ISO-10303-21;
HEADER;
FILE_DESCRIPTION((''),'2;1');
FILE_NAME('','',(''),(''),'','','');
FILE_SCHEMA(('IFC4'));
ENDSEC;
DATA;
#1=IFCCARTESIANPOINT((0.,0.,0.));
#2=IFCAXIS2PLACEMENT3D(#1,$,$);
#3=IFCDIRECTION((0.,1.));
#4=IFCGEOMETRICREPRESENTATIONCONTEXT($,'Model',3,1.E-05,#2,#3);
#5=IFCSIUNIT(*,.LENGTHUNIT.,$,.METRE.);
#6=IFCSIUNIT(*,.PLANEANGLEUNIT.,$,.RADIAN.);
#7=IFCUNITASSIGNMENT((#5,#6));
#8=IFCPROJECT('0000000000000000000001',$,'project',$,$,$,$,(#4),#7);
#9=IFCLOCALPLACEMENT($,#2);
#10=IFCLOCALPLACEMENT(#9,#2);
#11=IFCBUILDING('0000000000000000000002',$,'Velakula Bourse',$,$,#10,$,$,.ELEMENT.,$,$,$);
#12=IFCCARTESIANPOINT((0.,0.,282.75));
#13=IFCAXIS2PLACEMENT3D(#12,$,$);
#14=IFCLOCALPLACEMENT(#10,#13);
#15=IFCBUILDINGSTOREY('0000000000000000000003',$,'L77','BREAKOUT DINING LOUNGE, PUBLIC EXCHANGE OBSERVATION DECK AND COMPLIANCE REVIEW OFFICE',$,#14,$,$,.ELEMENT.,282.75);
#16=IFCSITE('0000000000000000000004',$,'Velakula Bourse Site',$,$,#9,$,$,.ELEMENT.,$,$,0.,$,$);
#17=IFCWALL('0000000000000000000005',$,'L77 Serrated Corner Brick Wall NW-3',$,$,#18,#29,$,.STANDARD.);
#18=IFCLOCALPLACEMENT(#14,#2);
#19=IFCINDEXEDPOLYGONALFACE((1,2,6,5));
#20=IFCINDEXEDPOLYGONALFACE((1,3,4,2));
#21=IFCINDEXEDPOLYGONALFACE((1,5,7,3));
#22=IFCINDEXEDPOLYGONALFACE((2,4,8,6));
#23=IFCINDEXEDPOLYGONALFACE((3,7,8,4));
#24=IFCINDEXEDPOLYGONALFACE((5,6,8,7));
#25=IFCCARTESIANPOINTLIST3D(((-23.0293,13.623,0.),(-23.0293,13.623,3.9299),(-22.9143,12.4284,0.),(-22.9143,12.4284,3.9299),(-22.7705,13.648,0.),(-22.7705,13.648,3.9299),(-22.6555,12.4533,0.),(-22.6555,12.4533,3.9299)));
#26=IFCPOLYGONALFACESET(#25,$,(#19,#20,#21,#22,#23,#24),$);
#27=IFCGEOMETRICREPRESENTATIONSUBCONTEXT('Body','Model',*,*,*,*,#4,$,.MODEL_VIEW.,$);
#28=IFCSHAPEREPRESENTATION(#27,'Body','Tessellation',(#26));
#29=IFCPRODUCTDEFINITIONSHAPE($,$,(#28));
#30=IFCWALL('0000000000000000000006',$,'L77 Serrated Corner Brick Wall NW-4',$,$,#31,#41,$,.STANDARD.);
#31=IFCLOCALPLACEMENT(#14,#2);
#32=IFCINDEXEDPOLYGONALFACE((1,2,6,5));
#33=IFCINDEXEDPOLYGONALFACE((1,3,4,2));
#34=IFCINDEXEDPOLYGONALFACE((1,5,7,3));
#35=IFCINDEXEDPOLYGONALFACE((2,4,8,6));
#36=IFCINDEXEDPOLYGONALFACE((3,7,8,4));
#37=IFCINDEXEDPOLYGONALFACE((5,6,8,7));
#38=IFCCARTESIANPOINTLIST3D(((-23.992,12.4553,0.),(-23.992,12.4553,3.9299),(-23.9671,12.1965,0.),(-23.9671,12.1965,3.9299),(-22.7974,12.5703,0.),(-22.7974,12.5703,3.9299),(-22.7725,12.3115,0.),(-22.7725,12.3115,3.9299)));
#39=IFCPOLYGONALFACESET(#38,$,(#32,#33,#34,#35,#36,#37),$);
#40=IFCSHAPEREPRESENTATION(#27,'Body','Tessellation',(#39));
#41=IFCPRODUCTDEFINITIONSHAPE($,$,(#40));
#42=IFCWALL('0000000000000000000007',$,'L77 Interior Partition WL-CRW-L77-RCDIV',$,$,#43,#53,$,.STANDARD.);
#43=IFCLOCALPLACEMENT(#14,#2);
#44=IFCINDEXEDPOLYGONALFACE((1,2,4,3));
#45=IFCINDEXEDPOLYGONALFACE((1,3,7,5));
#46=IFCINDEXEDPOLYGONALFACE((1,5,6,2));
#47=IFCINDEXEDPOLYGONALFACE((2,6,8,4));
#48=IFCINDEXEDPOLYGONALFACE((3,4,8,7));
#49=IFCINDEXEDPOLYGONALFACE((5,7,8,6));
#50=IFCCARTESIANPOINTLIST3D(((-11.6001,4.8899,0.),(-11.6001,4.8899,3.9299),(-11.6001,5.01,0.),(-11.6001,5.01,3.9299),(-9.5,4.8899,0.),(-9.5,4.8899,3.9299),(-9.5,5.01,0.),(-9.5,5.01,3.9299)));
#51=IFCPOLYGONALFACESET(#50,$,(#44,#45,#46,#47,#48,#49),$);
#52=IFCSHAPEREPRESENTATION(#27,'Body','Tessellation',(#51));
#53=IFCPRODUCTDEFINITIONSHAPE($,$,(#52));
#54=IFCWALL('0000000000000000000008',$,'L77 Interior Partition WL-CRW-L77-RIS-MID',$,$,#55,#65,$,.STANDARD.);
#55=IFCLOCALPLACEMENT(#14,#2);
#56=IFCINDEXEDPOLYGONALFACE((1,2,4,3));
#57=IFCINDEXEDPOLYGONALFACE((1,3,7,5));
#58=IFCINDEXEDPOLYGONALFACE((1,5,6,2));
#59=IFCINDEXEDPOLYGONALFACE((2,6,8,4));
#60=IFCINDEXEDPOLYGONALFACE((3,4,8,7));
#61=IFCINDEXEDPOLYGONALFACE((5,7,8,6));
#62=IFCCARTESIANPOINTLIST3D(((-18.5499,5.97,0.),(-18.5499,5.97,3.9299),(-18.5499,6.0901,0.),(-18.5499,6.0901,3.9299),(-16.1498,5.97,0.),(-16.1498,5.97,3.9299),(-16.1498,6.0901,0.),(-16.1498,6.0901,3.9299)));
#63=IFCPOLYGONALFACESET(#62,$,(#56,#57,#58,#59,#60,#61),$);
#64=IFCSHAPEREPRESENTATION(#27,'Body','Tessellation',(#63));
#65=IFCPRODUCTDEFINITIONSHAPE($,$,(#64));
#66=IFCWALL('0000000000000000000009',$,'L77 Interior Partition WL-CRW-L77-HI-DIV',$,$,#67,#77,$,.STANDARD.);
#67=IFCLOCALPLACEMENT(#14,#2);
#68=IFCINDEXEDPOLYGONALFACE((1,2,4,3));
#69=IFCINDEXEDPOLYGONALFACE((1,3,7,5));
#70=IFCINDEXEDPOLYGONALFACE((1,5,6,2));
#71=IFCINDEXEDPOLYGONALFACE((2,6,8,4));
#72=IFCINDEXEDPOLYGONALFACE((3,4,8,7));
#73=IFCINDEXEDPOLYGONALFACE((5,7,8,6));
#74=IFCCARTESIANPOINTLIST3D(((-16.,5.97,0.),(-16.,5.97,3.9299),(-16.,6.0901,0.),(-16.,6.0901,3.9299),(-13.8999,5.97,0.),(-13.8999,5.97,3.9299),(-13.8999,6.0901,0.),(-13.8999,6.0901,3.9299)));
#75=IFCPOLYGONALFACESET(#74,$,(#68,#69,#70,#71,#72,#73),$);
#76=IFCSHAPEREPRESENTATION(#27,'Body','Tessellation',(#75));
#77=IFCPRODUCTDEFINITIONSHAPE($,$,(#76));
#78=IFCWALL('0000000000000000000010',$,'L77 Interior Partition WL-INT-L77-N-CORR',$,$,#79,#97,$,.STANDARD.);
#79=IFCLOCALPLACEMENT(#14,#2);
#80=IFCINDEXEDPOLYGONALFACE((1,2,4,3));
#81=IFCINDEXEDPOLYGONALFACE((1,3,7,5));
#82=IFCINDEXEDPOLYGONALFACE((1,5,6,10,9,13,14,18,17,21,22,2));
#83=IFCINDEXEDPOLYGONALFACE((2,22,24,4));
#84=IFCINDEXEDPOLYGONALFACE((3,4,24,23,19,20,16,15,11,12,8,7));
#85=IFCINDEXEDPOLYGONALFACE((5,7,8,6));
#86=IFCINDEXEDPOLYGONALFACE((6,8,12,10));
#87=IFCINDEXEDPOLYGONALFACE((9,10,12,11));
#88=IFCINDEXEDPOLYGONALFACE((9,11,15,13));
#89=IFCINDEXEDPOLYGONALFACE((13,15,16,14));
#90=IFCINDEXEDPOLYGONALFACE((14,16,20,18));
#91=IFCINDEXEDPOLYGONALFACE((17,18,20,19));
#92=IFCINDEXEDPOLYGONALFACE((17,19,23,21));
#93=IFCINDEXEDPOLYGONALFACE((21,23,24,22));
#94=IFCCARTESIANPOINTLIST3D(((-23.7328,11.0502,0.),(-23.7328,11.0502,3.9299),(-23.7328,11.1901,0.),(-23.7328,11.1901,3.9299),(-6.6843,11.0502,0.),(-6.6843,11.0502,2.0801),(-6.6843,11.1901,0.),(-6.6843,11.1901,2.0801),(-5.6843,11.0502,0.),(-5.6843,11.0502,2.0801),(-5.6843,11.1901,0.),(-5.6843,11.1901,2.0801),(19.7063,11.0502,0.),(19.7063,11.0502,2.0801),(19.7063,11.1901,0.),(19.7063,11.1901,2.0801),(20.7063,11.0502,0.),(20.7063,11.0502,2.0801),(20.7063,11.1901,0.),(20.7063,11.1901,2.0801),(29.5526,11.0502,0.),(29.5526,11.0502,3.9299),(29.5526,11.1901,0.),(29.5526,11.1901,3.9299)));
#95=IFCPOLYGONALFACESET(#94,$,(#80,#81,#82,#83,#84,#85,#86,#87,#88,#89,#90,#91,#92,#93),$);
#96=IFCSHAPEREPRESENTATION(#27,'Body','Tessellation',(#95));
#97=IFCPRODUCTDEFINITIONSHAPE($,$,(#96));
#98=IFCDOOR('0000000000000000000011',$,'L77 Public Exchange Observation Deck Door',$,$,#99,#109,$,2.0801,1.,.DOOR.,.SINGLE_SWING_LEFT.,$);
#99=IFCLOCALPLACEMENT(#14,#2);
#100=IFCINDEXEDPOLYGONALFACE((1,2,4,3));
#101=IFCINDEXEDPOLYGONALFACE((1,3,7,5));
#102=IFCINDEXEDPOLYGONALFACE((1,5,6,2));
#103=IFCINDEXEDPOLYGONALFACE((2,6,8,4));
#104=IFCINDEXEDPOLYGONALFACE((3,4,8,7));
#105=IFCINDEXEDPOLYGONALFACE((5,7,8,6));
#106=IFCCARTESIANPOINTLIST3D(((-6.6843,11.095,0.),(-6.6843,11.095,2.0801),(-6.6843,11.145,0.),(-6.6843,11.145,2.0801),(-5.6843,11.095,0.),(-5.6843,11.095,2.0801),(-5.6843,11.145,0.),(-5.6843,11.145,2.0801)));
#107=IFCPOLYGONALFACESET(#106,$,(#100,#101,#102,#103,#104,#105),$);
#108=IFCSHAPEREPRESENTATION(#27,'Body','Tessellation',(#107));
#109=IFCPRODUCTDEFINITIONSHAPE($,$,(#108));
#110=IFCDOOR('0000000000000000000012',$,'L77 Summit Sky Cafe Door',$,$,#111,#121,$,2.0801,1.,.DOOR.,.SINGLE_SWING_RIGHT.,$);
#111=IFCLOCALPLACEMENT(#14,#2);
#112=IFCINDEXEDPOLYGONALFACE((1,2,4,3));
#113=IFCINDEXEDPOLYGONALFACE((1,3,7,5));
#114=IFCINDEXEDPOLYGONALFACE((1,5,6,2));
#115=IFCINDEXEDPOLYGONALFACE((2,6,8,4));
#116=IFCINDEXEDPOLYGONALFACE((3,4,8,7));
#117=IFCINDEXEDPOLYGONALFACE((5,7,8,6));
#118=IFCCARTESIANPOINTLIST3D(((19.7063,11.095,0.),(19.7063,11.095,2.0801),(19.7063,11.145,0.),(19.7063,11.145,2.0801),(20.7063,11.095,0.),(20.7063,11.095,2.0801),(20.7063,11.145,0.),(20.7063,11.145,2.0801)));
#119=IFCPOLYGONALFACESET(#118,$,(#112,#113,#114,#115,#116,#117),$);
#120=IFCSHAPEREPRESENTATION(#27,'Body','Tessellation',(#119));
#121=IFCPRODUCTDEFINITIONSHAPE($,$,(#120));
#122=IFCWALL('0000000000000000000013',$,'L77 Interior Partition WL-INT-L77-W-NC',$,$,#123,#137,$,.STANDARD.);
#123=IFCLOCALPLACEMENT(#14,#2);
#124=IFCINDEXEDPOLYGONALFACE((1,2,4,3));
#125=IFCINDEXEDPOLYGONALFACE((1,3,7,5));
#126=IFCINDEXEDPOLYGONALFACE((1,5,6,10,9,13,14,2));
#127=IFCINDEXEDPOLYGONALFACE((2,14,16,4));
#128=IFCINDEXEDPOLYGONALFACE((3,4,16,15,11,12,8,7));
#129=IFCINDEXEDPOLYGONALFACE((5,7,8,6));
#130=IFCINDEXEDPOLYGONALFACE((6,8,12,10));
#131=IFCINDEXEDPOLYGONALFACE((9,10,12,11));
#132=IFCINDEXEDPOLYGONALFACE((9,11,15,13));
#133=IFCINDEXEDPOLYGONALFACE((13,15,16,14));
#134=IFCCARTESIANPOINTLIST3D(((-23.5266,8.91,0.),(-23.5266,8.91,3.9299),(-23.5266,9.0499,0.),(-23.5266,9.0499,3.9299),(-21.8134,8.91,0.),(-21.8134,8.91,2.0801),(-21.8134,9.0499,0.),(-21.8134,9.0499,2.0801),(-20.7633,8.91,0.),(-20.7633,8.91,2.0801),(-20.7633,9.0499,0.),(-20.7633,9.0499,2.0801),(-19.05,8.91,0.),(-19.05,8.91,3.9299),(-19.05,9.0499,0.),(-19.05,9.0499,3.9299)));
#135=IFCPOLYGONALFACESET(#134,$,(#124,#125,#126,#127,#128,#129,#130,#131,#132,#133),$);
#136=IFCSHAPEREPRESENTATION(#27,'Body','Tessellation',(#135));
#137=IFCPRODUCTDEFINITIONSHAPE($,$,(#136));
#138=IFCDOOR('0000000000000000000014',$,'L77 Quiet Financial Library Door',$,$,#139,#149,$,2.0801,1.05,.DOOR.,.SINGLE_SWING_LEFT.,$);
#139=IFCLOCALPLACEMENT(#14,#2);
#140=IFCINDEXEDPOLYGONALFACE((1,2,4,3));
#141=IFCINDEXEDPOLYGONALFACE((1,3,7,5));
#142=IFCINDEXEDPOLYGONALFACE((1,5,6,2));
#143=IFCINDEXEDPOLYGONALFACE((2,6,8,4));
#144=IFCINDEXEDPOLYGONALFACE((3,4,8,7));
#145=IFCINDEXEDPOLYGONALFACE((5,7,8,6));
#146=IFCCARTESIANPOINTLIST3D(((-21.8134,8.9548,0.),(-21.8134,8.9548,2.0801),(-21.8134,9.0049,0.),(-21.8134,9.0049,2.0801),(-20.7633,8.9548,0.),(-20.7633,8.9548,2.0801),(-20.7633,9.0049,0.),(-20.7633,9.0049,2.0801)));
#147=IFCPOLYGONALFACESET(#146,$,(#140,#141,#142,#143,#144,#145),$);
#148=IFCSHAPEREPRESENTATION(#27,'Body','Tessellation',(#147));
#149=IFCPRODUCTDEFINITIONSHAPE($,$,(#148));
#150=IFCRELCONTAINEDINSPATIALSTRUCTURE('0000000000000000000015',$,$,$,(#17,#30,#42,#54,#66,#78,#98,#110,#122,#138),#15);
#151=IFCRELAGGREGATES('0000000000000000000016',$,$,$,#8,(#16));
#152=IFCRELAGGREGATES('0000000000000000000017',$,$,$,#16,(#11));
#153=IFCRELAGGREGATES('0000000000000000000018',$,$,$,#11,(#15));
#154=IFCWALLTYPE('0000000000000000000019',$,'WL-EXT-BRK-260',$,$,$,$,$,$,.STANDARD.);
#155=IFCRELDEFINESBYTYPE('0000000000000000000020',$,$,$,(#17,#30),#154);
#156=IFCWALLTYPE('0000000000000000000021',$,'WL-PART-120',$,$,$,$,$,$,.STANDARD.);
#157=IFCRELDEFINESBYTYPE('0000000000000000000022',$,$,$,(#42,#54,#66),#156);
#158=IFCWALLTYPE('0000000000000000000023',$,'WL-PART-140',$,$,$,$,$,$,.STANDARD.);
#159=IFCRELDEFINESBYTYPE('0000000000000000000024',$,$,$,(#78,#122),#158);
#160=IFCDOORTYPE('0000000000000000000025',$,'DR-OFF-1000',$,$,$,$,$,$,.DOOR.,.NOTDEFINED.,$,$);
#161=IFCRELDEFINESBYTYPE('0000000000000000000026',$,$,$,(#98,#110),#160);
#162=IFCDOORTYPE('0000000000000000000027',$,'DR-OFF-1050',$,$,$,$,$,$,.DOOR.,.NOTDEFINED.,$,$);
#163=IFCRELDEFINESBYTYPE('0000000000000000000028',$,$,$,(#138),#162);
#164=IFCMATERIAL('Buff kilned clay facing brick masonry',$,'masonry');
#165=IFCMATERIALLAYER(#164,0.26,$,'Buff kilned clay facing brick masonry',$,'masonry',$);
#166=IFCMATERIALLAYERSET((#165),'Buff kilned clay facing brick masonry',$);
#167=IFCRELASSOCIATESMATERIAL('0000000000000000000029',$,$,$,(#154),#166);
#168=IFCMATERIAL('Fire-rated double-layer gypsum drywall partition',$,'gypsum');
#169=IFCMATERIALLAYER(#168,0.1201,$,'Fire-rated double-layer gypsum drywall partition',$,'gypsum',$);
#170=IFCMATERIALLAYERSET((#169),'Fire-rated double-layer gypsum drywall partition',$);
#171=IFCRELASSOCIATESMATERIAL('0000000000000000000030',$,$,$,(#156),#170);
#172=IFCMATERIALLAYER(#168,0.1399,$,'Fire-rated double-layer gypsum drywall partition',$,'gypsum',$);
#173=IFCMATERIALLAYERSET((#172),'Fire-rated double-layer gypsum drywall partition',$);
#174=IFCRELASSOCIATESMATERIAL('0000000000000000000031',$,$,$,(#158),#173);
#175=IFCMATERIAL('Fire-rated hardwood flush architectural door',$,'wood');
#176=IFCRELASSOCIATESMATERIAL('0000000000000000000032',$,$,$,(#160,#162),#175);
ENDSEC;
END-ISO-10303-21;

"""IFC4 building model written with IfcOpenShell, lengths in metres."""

from ifc_helpers import new_model, si_unit, direction, frame, frame_2d, origin, place, context, subcontext, project, spatial, rectangle, extrude, material, layer, layer_set, type_object, element, fill, save


model = new_model("IFC4")

# Units and contexts
model_context = context("Model", 3, precision=1e-05, world=origin(), true_north=direction((0.0, 1.0)))
body_context = subcontext(model_context, "Body", "Model", "MODEL_VIEW")
ifc_project = project(units=[si_unit("LENGTHUNIT", "METRE"), si_unit("PLANEANGLEUNIT", "RADIAN")], contexts=[model_context])

# Site, building, storey
site_placement = place(None, origin())
site = spatial("IfcSite", under=ifc_project, at=site_placement, Name="Velakula Bourse Site", CompositionType="ELEMENT", RefElevation=0.0)
building_placement = place(site_placement, origin())
building = spatial("IfcBuilding", under=site, at=building_placement, Name="Velakula Bourse", CompositionType="ELEMENT")
storey_placement = place(building_placement, frame((0.0, 0.0, 282.75)))
storey = spatial("IfcBuildingStorey", under=building, at=storey_placement, Name="L77", Description="BREAKOUT DINING LOUNGE, PUBLIC EXCHANGE OBSERVATION DECK AND COMPLIANCE REVIEW OFFICE", CompositionType="ELEMENT", Elevation=282.75)

# Shared definitions
ifc_material_1 = material(Name="Fire-rated hardwood flush architectural door", Category="wood")

# Shared definitions
ifc_material_2 = material(Name="Buff kilned clay facing brick masonry", Category="masonry")
ifc_layer_1 = layer(ifc_material_2, 0.26, Name="Buff kilned clay facing brick masonry", Category="masonry")
ifc_layer_set_1 = layer_set([ifc_layer_1], Name="Buff kilned clay facing brick masonry")
wall_type_1 = type_object("IfcWallType", Name="WL-EXT-BRK-260", PredefinedType="STANDARD", material=ifc_layer_set_1)

# Walls
for number, where, z_axis, x_axis, name in (
    (1, (-22.8999, 13.6355, 0.0), (0.0, 0.0, 1.0), (0.095817, -0.995399, 0.0), "L77 Serrated Corner Brick Wall NW-3"),
    (2, (-22.7849, 12.4409, 0.0), (0.0, 0.0, 1.0), (-0.995399, -0.095817, 0.0), "L77 Serrated Corner Brick Wall NW-4"),
):
    element("IfcWall", number, at=place(storey_placement, frame(where, z_axis=z_axis, x_axis=x_axis)), inside=storey, type_object=wall_type_1, Name=name, PredefinedType="STANDARD", context=body_context, shape_type="SweptSolid", body=[
        extrude(rectangle(XDim=1.2002, YDim=0.26, at=frame_2d((0.6001, 0.0))), origin(), (0.0, 0.0, 1.0), 3.9299),
    ])
ifc_material_3 = material(Name="Fire-rated double-layer gypsum drywall partition", Category="gypsum")
ifc_layer_2 = layer(ifc_material_3, 0.1201, Name="Fire-rated double-layer gypsum drywall partition", Category="gypsum")
ifc_layer_set_2 = layer_set([ifc_layer_2], Name="Fire-rated double-layer gypsum drywall partition")
wall_type_2 = type_object("IfcWallType", Name="WL-PART-120", PredefinedType="STANDARD", material=ifc_layer_set_2)
wall_1_placement = place(storey_placement, frame((-11.6001, 4.95, 0.0), z_axis=(0.0, 0.0, 1.0), x_axis=(1.0, 0.0, 0.0)))
element("IfcWall", 3, at=wall_1_placement, inside=storey, type_object=wall_type_2, Name="L77 Interior Partition WL-CRW-L77-RCDIV", PredefinedType="STANDARD", context=body_context, shape_type="SweptSolid", body=[
    extrude(rectangle(XDim=2.1001, YDim=0.1201, at=frame_2d((1.05, 0.0))), origin(), (0.0, 0.0, 1.0), 3.9299),
])
wall_2_placement = place(storey_placement, frame((-18.55, 6.03, 0.0), z_axis=(0.0, 0.0, 1.0), x_axis=(1.0, 0.0, 0.0)))
element("IfcWall", 4, at=wall_2_placement, inside=storey, type_object=wall_type_2, Name="L77 Interior Partition WL-CRW-L77-RIS-MID", PredefinedType="STANDARD", context=body_context, shape_type="SweptSolid", body=[
    extrude(rectangle(XDim=2.4001, YDim=0.1201, at=frame_2d((1.2002, 0.0))), origin(), (0.0, 0.0, 1.0), 3.9299),
])
wall_3_placement = place(storey_placement, frame((-16.0, 6.03, 0.0), z_axis=(0.0, 0.0, 1.0), x_axis=(1.0, 0.0, 0.0)))
element("IfcWall", 5, at=wall_3_placement, inside=storey, type_object=wall_type_2, Name="L77 Interior Partition WL-CRW-L77-HI-DIV", PredefinedType="STANDARD", context=body_context, shape_type="SweptSolid", body=[
    extrude(rectangle(XDim=2.1001, YDim=0.1201, at=frame_2d((1.05, 0.0))), origin(), (0.0, 0.0, 1.0), 3.9299),
])

# Wall, openings, doors
ifc_layer_3 = layer(ifc_material_3, 0.1399, Name="Fire-rated double-layer gypsum drywall partition", Category="gypsum")
ifc_layer_set_3 = layer_set([ifc_layer_3], Name="Fire-rated double-layer gypsum drywall partition")
wall_type_3 = type_object("IfcWallType", Name="WL-PART-140", PredefinedType="STANDARD", material=ifc_layer_set_3)
wall_4_placement = place(storey_placement, frame((-23.7327, 11.1201, 0.0), z_axis=(0.0, 0.0, 1.0), x_axis=(1.0, 0.0, 0.0)))
wall_4 = element("IfcWall", 6, at=wall_4_placement, inside=storey, type_object=wall_type_3, Name="L77 Interior Partition WL-INT-L77-N-CORR", PredefinedType="STANDARD", context=body_context, shape_type="SweptSolid", body=[
    extrude(rectangle(XDim=53.2854, YDim=0.1399, at=frame_2d((26.6426, 0.0))), origin(), (0.0, 0.0, 1.0), 3.9299),
])
opening_1_placement = place(wall_4_placement, frame((17.0483, 0.0, 0.0)))
opening_1 = element("IfcOpeningElement", 7, at=opening_1_placement, cuts=wall_4, PredefinedType="OPENING", context=body_context, shape_type="SweptSolid", body=[
    extrude(rectangle(XDim=1.0, YDim=2.0801, at=frame_2d((0.5, 1.04))), frame((0.0, 0.0798, 0.0), z_axis=(0.0, -1.0, 0.0), x_axis=(1.0, 0.0, 0.0)), (0.0, 0.0, 1.0), 0.1599),
])
opening_2_placement = place(wall_4_placement, frame((43.439, 0.0, 0.0)))
opening_2 = element("IfcOpeningElement", 8, at=opening_2_placement, cuts=wall_4, PredefinedType="OPENING", context=body_context, shape_type="SweptSolid", body=[
    extrude(rectangle(XDim=1.0, YDim=2.0801, at=frame_2d((0.5, 1.04))), frame((0.0, 0.0798, 0.0), z_axis=(0.0, -1.0, 0.0), x_axis=(1.0, 0.0, 0.0)), (0.0, 0.0, 1.0), 0.1599),
])
door_type_1 = type_object("IfcDoorType", Name="DR-OFF-1000", OperationType="NOTDEFINED", PredefinedType="DOOR", material=ifc_material_1)
door_1_placement = place(opening_1_placement, origin())
door_1 = element("IfcDoor", 9, at=door_1_placement, inside=storey, type_object=door_type_1, Name="L77 Public Exchange Observation Deck Door", OperationType="SINGLE_SWING_LEFT", OverallHeight=2.0801, OverallWidth=1.0, PredefinedType="DOOR", context=body_context, shape_type="SweptSolid", body=[
    extrude(rectangle(XDim=1.0, YDim=2.0801, at=frame_2d((0.5, 1.04))), frame((0.0, 0.0249, 0.0), z_axis=(0.0, -1.0, 0.0), x_axis=(1.0, 0.0, 0.0)), (0.0, 0.0, 1.0), 0.05),
])
fill(opening_1, door_1)
door_2_placement = place(opening_2_placement, origin())
door_2 = element("IfcDoor", 10, at=door_2_placement, inside=storey, type_object=door_type_1, Name="L77 Summit Sky Cafe Door", OperationType="SINGLE_SWING_RIGHT", OverallHeight=2.0801, OverallWidth=1.0, PredefinedType="DOOR", context=body_context, shape_type="SweptSolid", body=[
    extrude(rectangle(XDim=1.0, YDim=2.0801, at=frame_2d((0.5, 1.04))), frame((0.0, 0.0249, 0.0), z_axis=(0.0, -1.0, 0.0), x_axis=(1.0, 0.0, 0.0)), (0.0, 0.0, 1.0), 0.05),
])
fill(opening_2, door_2)

# Wall, opening, door
wall_5_placement = place(storey_placement, frame((-23.5266, 8.98, 0.0), z_axis=(0.0, 0.0, 1.0), x_axis=(1.0, 0.0, 0.0)))
wall_5 = element("IfcWall", 11, at=wall_5_placement, inside=storey, type_object=wall_type_3, Name="L77 Interior Partition WL-INT-L77-W-NC", PredefinedType="STANDARD", context=body_context, shape_type="SweptSolid", body=[
    extrude(rectangle(XDim=4.4766, YDim=0.1399, at=frame_2d((2.2383, 0.0))), origin(), (0.0, 0.0, 1.0), 3.9299),
])
opening_3_placement = place(wall_5_placement, frame((1.7134, 0.0, 0.0)))
opening_3 = element("IfcOpeningElement", 12, at=opening_3_placement, cuts=wall_5, PredefinedType="OPENING", context=body_context, shape_type="SweptSolid", body=[
    extrude(rectangle(XDim=1.05, YDim=2.0801, at=frame_2d((0.5249, 1.04))), frame((0.0, 0.0798, 0.0), z_axis=(0.0, -1.0, 0.0), x_axis=(1.0, 0.0, 0.0)), (0.0, 0.0, 1.0), 0.1599),
])
door_type_2 = type_object("IfcDoorType", Name="DR-OFF-1050", OperationType="NOTDEFINED", PredefinedType="DOOR", material=ifc_material_1)
door_3_placement = place(opening_3_placement, origin())
door_3 = element("IfcDoor", 13, at=door_3_placement, inside=storey, type_object=door_type_2, Name="L77 Quiet Financial Library Door", OperationType="SINGLE_SWING_LEFT", OverallHeight=2.0801, OverallWidth=1.05, PredefinedType="DOOR", context=body_context, shape_type="SweptSolid", body=[
    extrude(rectangle(XDim=1.05, YDim=2.0801, at=frame_2d((0.5249, 1.04))), frame((0.0, 0.0249, 0.0), z_axis=(0.0, -1.0, 0.0), x_axis=(1.0, 0.0, 0.0)), (0.0, 0.0, 1.0), 0.05),
])
fill(opening_3, door_3)

save(model, "model.ifc")
